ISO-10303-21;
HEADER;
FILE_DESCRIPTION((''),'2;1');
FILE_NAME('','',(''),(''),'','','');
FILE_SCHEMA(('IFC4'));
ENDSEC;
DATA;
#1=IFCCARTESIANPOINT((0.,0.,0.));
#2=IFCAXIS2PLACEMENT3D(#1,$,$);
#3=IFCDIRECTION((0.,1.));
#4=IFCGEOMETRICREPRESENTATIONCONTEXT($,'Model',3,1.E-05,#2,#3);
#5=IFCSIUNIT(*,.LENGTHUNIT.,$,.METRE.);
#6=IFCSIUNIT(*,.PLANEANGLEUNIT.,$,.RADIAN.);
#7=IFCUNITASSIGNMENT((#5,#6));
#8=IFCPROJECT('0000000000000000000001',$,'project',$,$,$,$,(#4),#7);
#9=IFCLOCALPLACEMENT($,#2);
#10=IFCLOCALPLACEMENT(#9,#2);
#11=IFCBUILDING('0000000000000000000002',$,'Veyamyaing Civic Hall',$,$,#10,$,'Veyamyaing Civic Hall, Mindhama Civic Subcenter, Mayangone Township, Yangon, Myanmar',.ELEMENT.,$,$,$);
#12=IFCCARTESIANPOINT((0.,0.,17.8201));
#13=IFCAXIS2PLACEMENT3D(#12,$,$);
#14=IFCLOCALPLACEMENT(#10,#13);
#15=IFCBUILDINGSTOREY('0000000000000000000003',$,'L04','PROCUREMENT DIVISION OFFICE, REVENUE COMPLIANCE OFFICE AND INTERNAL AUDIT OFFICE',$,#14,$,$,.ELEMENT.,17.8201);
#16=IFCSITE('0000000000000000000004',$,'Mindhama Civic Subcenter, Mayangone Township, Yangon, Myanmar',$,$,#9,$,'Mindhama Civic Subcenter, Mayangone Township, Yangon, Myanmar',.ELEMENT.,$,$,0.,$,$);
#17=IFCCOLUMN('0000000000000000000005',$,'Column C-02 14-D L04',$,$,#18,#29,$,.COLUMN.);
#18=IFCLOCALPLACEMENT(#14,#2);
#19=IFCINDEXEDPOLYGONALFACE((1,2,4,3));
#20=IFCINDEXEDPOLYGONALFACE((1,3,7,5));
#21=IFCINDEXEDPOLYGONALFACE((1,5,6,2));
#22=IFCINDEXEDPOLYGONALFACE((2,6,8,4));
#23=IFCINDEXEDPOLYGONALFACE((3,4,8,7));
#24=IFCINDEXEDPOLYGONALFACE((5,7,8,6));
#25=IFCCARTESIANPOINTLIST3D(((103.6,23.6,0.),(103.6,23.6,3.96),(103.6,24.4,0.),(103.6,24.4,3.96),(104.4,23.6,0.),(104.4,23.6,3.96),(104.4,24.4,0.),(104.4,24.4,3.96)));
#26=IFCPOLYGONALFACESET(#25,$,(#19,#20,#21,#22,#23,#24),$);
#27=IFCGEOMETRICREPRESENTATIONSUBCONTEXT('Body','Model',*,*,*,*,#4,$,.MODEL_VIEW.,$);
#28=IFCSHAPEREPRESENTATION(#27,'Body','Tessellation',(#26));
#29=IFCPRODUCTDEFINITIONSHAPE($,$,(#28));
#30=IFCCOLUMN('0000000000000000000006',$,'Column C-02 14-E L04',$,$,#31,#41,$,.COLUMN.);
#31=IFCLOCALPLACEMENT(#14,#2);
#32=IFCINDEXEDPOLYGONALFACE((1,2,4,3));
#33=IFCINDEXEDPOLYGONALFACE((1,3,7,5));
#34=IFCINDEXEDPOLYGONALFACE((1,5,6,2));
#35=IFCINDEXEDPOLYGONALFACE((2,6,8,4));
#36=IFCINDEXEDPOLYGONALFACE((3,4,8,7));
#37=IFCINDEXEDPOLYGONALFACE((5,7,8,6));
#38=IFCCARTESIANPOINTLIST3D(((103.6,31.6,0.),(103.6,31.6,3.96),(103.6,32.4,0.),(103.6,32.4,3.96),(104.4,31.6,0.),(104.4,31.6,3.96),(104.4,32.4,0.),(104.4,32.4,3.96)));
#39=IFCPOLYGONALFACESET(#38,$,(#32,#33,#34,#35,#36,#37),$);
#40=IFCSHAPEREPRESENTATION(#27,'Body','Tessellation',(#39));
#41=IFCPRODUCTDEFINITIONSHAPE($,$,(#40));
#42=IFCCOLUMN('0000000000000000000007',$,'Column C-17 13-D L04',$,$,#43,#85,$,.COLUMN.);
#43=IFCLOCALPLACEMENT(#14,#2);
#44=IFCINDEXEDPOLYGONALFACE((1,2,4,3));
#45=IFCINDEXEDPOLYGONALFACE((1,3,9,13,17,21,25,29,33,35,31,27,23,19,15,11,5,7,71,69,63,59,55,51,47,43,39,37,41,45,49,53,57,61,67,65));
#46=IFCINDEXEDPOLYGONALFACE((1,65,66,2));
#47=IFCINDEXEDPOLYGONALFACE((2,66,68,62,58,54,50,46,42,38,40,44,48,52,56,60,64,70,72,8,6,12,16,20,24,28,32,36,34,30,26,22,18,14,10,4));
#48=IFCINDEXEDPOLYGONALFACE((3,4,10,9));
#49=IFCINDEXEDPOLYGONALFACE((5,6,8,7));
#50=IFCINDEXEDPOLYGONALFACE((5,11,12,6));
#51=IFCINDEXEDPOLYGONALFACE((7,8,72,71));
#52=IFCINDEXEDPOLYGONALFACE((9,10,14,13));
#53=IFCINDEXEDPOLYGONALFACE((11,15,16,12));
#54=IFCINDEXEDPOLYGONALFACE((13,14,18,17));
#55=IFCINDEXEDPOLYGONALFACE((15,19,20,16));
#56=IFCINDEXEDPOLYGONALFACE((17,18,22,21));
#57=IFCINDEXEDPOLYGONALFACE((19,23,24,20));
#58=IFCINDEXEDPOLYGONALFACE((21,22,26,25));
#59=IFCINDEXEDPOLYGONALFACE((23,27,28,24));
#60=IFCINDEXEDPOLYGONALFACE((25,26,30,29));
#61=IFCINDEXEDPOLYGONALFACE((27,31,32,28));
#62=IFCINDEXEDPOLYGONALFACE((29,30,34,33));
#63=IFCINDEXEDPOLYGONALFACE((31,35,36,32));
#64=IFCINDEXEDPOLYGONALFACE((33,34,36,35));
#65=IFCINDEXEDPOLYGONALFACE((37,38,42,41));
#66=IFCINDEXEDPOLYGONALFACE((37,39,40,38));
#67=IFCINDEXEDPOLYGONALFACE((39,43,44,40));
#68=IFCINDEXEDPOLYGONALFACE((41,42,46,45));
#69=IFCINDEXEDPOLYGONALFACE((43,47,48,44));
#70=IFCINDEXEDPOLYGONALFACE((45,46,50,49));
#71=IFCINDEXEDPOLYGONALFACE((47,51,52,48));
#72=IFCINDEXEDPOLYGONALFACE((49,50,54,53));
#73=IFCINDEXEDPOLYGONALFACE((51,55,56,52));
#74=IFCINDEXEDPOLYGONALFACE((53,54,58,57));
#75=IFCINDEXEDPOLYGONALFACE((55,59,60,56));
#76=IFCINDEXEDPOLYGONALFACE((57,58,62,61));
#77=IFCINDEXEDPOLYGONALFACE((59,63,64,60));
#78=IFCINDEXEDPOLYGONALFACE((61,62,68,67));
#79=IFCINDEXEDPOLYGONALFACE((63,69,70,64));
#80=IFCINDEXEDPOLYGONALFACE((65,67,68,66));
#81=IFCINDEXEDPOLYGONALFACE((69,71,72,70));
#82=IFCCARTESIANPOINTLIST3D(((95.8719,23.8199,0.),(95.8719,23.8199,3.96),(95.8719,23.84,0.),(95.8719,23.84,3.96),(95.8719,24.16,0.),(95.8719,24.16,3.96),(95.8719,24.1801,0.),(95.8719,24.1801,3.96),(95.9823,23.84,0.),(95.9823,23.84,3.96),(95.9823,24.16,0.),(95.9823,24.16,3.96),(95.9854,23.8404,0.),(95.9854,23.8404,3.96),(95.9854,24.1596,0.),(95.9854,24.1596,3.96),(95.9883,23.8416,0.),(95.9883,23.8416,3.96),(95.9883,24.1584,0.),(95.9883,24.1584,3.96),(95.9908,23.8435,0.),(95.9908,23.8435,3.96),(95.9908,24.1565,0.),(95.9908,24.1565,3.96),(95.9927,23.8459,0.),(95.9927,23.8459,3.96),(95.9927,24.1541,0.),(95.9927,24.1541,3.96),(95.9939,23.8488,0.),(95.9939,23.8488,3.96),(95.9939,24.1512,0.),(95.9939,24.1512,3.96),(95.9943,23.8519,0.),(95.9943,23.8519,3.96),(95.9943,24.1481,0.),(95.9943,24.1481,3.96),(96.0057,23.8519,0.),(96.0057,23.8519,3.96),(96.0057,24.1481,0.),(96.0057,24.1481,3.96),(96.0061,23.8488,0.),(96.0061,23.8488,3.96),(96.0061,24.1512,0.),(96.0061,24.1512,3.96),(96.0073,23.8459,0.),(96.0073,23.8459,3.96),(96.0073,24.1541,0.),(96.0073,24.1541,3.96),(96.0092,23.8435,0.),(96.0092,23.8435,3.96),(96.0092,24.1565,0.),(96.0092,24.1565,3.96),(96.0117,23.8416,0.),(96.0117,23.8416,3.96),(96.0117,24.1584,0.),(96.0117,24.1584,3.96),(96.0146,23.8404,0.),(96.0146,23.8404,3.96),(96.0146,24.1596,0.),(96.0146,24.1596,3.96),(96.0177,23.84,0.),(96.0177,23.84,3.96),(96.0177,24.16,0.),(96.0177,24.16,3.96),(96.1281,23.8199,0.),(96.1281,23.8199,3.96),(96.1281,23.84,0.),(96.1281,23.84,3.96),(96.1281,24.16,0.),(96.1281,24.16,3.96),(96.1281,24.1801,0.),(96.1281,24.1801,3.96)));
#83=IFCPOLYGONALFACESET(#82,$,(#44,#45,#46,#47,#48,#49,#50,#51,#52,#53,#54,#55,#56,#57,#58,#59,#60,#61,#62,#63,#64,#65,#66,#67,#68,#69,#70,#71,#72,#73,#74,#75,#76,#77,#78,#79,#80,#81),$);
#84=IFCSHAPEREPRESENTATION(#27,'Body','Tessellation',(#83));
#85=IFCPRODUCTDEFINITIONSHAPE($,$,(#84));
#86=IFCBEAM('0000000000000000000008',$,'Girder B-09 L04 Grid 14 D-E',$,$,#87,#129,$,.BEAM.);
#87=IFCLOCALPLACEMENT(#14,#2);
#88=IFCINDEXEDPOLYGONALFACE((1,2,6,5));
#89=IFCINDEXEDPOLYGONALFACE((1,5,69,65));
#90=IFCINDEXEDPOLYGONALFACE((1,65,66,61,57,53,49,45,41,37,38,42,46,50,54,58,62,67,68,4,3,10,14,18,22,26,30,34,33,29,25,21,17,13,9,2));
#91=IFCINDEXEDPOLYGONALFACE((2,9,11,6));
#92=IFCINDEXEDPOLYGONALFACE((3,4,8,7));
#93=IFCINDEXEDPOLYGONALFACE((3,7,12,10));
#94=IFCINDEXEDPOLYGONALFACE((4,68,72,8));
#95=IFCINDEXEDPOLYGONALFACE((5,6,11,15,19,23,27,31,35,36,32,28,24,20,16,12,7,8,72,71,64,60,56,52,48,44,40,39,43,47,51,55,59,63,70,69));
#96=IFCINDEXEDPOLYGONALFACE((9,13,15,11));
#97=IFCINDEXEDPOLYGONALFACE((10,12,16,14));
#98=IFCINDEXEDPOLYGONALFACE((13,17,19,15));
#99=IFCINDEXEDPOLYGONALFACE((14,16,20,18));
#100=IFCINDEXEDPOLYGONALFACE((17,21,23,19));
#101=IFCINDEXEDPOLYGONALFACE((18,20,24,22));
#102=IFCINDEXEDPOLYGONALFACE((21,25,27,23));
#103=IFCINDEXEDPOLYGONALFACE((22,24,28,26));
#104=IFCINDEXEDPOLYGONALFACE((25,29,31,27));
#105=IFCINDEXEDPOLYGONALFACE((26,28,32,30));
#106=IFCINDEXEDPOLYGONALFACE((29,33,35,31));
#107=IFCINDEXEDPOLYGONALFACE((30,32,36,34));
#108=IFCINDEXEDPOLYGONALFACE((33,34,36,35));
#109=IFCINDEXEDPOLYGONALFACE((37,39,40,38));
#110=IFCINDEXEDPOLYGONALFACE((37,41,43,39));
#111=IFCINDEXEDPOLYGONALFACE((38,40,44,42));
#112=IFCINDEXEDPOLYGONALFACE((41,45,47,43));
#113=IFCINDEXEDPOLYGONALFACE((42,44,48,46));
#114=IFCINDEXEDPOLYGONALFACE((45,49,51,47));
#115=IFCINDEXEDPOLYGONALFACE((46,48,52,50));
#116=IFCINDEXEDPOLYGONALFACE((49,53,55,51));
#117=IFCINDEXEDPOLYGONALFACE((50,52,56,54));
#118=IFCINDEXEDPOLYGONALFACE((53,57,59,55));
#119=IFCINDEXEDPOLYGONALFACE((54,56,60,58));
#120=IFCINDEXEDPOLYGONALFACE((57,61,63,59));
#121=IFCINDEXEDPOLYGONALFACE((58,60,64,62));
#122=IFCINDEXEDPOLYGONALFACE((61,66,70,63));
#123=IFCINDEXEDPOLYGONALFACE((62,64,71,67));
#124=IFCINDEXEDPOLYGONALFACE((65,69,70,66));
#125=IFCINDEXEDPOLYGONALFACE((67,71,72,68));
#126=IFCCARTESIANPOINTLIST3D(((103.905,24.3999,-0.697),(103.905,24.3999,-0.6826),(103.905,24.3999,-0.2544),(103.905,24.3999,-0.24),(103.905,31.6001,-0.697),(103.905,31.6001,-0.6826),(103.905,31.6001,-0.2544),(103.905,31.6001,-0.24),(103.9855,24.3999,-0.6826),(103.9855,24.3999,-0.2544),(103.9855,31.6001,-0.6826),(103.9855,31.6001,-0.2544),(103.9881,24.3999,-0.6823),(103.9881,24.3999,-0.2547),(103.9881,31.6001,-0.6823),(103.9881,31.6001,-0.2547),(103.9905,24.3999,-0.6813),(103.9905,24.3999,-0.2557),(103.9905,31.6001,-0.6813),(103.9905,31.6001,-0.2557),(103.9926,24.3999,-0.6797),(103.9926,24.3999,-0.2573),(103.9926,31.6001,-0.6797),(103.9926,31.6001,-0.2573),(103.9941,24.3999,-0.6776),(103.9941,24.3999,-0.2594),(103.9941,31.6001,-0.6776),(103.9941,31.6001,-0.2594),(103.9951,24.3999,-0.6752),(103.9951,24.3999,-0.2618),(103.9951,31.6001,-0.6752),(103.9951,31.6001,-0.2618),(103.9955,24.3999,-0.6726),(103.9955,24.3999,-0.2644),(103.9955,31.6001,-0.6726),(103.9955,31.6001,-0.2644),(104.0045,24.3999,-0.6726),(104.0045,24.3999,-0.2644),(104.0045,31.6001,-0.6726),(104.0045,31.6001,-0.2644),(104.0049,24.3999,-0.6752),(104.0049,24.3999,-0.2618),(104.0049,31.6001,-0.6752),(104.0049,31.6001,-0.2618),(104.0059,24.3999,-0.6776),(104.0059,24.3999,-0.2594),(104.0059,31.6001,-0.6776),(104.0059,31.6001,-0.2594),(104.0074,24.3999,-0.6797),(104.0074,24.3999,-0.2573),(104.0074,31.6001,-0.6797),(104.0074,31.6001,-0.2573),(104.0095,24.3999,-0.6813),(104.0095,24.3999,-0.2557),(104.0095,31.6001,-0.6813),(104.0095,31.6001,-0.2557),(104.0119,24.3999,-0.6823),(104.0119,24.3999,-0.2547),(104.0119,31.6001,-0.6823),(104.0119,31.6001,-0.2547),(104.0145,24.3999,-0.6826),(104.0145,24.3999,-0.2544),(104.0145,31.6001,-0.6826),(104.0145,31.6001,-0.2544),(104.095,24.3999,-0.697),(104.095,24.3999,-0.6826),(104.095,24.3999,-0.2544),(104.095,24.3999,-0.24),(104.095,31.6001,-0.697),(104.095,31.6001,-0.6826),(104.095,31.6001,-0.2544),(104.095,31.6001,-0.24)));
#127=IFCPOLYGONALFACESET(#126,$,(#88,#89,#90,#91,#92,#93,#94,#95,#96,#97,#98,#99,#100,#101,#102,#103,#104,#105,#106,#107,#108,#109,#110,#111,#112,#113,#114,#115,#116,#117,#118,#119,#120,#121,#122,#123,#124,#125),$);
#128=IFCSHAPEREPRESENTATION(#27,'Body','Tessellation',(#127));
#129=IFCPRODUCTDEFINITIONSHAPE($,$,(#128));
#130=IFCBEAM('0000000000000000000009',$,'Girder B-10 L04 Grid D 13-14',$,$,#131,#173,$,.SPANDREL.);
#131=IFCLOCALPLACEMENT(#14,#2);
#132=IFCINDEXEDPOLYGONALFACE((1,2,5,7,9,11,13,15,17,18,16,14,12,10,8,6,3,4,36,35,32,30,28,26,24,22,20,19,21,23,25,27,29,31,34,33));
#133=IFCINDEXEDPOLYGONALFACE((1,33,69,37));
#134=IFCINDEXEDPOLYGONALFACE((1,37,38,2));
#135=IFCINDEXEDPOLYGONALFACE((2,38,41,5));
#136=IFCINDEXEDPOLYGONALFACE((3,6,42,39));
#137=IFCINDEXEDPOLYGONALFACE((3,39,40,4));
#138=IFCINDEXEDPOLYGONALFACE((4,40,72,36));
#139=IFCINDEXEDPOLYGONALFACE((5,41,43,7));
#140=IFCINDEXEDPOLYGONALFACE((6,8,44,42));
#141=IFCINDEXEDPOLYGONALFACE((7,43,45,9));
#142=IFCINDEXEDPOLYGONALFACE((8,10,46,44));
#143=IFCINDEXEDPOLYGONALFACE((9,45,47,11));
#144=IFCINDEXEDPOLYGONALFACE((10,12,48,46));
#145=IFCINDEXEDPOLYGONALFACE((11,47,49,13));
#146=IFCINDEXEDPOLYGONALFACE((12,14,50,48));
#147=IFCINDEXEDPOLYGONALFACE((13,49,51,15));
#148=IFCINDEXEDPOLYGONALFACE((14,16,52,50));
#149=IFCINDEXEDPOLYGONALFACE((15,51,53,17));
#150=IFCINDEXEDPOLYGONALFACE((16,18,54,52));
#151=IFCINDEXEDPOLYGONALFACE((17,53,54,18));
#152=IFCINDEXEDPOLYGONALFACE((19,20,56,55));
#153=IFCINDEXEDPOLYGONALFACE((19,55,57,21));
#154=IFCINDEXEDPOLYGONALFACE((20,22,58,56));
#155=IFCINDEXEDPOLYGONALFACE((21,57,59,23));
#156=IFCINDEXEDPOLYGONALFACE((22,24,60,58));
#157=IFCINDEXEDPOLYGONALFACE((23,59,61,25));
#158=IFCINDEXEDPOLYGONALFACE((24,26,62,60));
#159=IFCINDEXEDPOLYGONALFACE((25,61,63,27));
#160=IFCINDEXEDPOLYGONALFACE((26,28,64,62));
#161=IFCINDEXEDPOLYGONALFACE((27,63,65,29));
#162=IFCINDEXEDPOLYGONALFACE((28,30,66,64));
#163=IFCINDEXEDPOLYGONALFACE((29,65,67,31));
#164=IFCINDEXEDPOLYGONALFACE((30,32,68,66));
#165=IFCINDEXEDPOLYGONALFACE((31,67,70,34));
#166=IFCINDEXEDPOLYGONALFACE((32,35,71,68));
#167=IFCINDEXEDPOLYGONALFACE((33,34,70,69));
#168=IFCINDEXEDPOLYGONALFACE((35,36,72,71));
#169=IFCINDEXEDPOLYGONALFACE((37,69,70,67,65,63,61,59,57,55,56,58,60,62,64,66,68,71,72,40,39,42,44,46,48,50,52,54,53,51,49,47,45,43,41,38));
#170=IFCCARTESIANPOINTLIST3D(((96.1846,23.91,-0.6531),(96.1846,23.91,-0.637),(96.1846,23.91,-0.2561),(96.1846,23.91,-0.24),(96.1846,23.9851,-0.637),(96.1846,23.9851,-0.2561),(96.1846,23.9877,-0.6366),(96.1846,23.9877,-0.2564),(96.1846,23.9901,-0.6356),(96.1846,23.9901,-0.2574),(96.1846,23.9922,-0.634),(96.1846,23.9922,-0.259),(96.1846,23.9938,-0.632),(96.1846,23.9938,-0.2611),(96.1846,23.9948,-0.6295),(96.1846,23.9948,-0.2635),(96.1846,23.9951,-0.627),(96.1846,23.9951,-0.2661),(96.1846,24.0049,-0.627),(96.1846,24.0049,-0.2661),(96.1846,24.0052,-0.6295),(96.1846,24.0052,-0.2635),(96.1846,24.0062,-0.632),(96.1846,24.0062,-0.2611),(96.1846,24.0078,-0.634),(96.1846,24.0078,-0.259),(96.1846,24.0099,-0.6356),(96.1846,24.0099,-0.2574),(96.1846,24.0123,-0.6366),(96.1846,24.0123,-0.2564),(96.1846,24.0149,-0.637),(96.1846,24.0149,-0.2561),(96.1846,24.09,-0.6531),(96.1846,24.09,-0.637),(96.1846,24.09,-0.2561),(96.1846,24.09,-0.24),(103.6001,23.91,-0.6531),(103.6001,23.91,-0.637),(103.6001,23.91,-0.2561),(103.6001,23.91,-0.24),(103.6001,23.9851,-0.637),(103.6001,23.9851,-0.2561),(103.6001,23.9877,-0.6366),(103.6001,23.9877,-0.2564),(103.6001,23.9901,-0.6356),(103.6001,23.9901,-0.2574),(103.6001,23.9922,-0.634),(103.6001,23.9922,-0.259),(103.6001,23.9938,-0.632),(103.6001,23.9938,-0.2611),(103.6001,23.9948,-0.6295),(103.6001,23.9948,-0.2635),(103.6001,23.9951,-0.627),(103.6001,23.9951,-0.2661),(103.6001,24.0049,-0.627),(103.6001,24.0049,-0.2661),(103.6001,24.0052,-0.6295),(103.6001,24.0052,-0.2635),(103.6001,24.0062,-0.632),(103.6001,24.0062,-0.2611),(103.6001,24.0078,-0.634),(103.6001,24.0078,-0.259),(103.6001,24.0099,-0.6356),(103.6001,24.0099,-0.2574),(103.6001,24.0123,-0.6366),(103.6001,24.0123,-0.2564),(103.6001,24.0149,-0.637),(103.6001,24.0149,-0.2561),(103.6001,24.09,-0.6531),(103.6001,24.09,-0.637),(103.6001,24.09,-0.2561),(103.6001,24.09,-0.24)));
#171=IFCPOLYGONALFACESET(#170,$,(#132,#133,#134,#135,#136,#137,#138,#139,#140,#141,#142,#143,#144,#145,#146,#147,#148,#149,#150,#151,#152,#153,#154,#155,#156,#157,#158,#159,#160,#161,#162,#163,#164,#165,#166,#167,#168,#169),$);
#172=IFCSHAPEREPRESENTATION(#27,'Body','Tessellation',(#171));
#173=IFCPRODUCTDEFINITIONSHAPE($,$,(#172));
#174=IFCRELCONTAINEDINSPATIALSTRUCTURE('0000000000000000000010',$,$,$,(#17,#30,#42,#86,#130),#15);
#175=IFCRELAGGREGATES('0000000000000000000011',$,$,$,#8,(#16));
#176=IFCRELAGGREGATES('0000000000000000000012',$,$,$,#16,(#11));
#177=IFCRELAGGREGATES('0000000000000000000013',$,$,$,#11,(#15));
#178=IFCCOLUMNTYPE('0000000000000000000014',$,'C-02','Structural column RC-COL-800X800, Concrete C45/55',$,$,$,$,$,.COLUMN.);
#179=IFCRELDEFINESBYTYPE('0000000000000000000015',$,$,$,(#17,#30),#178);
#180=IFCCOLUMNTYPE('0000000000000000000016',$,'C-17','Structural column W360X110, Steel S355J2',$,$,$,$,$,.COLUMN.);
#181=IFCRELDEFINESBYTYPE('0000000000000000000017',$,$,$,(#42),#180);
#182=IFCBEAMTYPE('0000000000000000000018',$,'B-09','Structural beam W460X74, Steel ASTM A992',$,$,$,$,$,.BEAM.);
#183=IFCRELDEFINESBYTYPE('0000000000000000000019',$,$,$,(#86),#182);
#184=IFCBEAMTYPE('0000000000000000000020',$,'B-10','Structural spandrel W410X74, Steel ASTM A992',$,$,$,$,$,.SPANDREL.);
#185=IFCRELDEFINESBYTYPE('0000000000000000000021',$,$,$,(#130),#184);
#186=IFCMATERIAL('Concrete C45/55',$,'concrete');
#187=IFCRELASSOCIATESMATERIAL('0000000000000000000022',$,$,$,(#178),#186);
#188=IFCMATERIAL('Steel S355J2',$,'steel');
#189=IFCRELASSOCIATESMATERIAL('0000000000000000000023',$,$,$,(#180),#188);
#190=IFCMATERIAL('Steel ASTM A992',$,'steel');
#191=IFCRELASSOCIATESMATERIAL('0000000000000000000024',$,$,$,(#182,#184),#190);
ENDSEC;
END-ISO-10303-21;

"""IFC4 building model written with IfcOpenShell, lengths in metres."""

from ifc_helpers import new_model, si_unit, direction, frame, origin, origin_2d, place, context, subcontext, project, spatial, rectangle, i_section, extrude, material, material_profile, profile_set, type_object, element, save


model = new_model("IFC4")

# Units and contexts
model_context = context("Model", 3, precision=1e-05, world=origin(), true_north=direction((0.0, 1.0)))
body_context = subcontext(model_context, "Body", "Model", "MODEL_VIEW")
ifc_project = project(units=[si_unit("LENGTHUNIT", "METRE"), si_unit("PLANEANGLEUNIT", "RADIAN")], contexts=[model_context])

# Site, building, storey
site_placement = place(None, origin())
site = spatial("IfcSite", under=ifc_project, at=site_placement, Name="Mindhama Civic Subcenter, Mayangone Township, Yangon, Myanmar", LongName="Mindhama Civic Subcenter, Mayangone Township, Yangon, Myanmar", CompositionType="ELEMENT", RefElevation=0.0)
building_placement = place(site_placement, origin())
building = spatial("IfcBuilding", under=site, at=building_placement, Name="Veyamyaing Civic Hall", LongName="Veyamyaing Civic Hall, Mindhama Civic Subcenter, Mayangone Township, Yangon, Myanmar", CompositionType="ELEMENT")
storey_placement = place(building_placement, frame((0.0, 0.0, 17.8201)))
storey = spatial("IfcBuildingStorey", under=building, at=storey_placement, Name="L04", Description="PROCUREMENT DIVISION OFFICE, REVENUE COMPLIANCE OFFICE AND INTERNAL AUDIT OFFICE", CompositionType="ELEMENT", Elevation=17.8201)

# Columns
ifc_material_1 = material(Name="Concrete C45/55", Category="concrete")
ifc_material_profile_1 = material_profile(ifc_material_1, rectangle(XDim=0.8, YDim=0.8, at=origin_2d()), Name="RC-COL-800X800")
ifc_profile_set_1 = profile_set([ifc_material_profile_1], Name="Concrete C45/55")
column_type_1 = type_object("IfcColumnType", Name="C-02", Description="Structural column RC-COL-800X800, Concrete C45/55", PredefinedType="COLUMN", material=ifc_profile_set_1)
for number, where, z_axis, x_axis, name in (
    (1, (104.0, 24.0, 0.0), (0.0, 0.0, 1.0), (1.0, 0.0, 0.0), "Column C-02 14-D L04"),
    (2, (104.0, 32.0, 0.0), (0.0, 0.0, 1.0), (1.0, 0.0, 0.0), "Column C-02 14-E L04"),
):
    element("IfcColumn", number, at=place(storey_placement, frame(where, z_axis=z_axis, x_axis=x_axis)), inside=storey, type_object=column_type_1, Name=name, PredefinedType="COLUMN", context=body_context, shape_type="SweptSolid", body=[
        extrude(rectangle(XDim=0.8, YDim=0.8, at=origin_2d()), origin(), (0.0, 0.0, 1.0), 3.96),
    ])
ifc_material_2 = material(Name="Steel S355J2", Category="steel")
ifc_material_profile_2 = material_profile(ifc_material_2, i_section(OverallWidth=0.2561, OverallDepth=0.3601, WebThickness=0.0115, FlangeThickness=0.02, FilletRadius=0.012, at=origin_2d()), Name="W360X110")
ifc_profile_set_2 = profile_set([ifc_material_profile_2], Name="Steel S355J2")
column_type_2 = type_object("IfcColumnType", Name="C-17", Description="Structural column W360X110, Steel S355J2", PredefinedType="COLUMN", material=ifc_profile_set_2)
column_placement = place(storey_placement, frame((96.0, 24.0, 0.0), z_axis=(0.0, 0.0, 1.0), x_axis=(1.0, 0.0, 0.0)))
element("IfcColumn", 3, at=column_placement, inside=storey, type_object=column_type_2, Name="Column C-17 13-D L04", PredefinedType="COLUMN", context=body_context, shape_type="SweptSolid", body=[
    extrude(i_section(OverallWidth=0.2561, OverallDepth=0.3601, WebThickness=0.0115, FlangeThickness=0.02, FilletRadius=0.012, at=origin_2d()), origin(), (0.0, 0.0, 1.0), 3.96),
])

# Beams
ifc_material_3 = material(Name="Steel ASTM A992", Category="steel")
ifc_material_profile_3 = material_profile(ifc_material_3, i_section(OverallWidth=0.1899, OverallDepth=0.457, WebThickness=0.009, FlangeThickness=0.0144, FilletRadius=0.01, at=origin_2d()), Name="W460X74")
ifc_profile_set_3 = profile_set([ifc_material_profile_3], Name="Steel ASTM A992")
beam_type_1 = type_object("IfcBeamType", Name="B-09", Description="Structural beam W460X74, Steel ASTM A992", PredefinedType="BEAM", material=ifc_profile_set_3)
beam_1_placement = place(storey_placement, frame((104.0, 24.3999, -0.4685), z_axis=(0.0, 1.0, 0.0), x_axis=(-1.0, 0.0, 0.0)))
element("IfcBeam", 4, at=beam_1_placement, inside=storey, type_object=beam_type_1, Name="Girder B-09 L04 Grid 14 D-E", PredefinedType="BEAM", context=body_context, shape_type="SweptSolid", body=[
    extrude(i_section(OverallWidth=0.1899, OverallDepth=0.457, WebThickness=0.009, FlangeThickness=0.0144, FilletRadius=0.01, at=origin_2d()), origin(), (0.0, 0.0, 1.0), 7.2002),
])
ifc_material_profile_4 = material_profile(ifc_material_3, i_section(OverallWidth=0.1799, OverallDepth=0.4131, WebThickness=0.0098, FlangeThickness=0.0161, FilletRadius=0.01, at=origin_2d()), Name="W410X74")
ifc_profile_set_4 = profile_set([ifc_material_profile_4], Name="Steel ASTM A992")
beam_type_2 = type_object("IfcBeamType", Name="B-10", Description="Structural spandrel W410X74, Steel ASTM A992", PredefinedType="SPANDREL", material=ifc_profile_set_4)
beam_2_placement = place(storey_placement, frame((96.1846, 24.0, -0.4465), z_axis=(1.0, 0.0, 0.0), x_axis=(0.0, 1.0, 0.0)))
element("IfcBeam", 5, at=beam_2_placement, inside=storey, type_object=beam_type_2, Name="Girder B-10 L04 Grid D 13-14", PredefinedType="SPANDREL", context=body_context, shape_type="SweptSolid", body=[
    extrude(i_section(OverallWidth=0.1799, OverallDepth=0.4131, WebThickness=0.0098, FlangeThickness=0.0161, FilletRadius=0.01, at=origin_2d()), origin(), (0.0, 0.0, 1.0), 7.4155),
])

save(model, "model.ifc")
